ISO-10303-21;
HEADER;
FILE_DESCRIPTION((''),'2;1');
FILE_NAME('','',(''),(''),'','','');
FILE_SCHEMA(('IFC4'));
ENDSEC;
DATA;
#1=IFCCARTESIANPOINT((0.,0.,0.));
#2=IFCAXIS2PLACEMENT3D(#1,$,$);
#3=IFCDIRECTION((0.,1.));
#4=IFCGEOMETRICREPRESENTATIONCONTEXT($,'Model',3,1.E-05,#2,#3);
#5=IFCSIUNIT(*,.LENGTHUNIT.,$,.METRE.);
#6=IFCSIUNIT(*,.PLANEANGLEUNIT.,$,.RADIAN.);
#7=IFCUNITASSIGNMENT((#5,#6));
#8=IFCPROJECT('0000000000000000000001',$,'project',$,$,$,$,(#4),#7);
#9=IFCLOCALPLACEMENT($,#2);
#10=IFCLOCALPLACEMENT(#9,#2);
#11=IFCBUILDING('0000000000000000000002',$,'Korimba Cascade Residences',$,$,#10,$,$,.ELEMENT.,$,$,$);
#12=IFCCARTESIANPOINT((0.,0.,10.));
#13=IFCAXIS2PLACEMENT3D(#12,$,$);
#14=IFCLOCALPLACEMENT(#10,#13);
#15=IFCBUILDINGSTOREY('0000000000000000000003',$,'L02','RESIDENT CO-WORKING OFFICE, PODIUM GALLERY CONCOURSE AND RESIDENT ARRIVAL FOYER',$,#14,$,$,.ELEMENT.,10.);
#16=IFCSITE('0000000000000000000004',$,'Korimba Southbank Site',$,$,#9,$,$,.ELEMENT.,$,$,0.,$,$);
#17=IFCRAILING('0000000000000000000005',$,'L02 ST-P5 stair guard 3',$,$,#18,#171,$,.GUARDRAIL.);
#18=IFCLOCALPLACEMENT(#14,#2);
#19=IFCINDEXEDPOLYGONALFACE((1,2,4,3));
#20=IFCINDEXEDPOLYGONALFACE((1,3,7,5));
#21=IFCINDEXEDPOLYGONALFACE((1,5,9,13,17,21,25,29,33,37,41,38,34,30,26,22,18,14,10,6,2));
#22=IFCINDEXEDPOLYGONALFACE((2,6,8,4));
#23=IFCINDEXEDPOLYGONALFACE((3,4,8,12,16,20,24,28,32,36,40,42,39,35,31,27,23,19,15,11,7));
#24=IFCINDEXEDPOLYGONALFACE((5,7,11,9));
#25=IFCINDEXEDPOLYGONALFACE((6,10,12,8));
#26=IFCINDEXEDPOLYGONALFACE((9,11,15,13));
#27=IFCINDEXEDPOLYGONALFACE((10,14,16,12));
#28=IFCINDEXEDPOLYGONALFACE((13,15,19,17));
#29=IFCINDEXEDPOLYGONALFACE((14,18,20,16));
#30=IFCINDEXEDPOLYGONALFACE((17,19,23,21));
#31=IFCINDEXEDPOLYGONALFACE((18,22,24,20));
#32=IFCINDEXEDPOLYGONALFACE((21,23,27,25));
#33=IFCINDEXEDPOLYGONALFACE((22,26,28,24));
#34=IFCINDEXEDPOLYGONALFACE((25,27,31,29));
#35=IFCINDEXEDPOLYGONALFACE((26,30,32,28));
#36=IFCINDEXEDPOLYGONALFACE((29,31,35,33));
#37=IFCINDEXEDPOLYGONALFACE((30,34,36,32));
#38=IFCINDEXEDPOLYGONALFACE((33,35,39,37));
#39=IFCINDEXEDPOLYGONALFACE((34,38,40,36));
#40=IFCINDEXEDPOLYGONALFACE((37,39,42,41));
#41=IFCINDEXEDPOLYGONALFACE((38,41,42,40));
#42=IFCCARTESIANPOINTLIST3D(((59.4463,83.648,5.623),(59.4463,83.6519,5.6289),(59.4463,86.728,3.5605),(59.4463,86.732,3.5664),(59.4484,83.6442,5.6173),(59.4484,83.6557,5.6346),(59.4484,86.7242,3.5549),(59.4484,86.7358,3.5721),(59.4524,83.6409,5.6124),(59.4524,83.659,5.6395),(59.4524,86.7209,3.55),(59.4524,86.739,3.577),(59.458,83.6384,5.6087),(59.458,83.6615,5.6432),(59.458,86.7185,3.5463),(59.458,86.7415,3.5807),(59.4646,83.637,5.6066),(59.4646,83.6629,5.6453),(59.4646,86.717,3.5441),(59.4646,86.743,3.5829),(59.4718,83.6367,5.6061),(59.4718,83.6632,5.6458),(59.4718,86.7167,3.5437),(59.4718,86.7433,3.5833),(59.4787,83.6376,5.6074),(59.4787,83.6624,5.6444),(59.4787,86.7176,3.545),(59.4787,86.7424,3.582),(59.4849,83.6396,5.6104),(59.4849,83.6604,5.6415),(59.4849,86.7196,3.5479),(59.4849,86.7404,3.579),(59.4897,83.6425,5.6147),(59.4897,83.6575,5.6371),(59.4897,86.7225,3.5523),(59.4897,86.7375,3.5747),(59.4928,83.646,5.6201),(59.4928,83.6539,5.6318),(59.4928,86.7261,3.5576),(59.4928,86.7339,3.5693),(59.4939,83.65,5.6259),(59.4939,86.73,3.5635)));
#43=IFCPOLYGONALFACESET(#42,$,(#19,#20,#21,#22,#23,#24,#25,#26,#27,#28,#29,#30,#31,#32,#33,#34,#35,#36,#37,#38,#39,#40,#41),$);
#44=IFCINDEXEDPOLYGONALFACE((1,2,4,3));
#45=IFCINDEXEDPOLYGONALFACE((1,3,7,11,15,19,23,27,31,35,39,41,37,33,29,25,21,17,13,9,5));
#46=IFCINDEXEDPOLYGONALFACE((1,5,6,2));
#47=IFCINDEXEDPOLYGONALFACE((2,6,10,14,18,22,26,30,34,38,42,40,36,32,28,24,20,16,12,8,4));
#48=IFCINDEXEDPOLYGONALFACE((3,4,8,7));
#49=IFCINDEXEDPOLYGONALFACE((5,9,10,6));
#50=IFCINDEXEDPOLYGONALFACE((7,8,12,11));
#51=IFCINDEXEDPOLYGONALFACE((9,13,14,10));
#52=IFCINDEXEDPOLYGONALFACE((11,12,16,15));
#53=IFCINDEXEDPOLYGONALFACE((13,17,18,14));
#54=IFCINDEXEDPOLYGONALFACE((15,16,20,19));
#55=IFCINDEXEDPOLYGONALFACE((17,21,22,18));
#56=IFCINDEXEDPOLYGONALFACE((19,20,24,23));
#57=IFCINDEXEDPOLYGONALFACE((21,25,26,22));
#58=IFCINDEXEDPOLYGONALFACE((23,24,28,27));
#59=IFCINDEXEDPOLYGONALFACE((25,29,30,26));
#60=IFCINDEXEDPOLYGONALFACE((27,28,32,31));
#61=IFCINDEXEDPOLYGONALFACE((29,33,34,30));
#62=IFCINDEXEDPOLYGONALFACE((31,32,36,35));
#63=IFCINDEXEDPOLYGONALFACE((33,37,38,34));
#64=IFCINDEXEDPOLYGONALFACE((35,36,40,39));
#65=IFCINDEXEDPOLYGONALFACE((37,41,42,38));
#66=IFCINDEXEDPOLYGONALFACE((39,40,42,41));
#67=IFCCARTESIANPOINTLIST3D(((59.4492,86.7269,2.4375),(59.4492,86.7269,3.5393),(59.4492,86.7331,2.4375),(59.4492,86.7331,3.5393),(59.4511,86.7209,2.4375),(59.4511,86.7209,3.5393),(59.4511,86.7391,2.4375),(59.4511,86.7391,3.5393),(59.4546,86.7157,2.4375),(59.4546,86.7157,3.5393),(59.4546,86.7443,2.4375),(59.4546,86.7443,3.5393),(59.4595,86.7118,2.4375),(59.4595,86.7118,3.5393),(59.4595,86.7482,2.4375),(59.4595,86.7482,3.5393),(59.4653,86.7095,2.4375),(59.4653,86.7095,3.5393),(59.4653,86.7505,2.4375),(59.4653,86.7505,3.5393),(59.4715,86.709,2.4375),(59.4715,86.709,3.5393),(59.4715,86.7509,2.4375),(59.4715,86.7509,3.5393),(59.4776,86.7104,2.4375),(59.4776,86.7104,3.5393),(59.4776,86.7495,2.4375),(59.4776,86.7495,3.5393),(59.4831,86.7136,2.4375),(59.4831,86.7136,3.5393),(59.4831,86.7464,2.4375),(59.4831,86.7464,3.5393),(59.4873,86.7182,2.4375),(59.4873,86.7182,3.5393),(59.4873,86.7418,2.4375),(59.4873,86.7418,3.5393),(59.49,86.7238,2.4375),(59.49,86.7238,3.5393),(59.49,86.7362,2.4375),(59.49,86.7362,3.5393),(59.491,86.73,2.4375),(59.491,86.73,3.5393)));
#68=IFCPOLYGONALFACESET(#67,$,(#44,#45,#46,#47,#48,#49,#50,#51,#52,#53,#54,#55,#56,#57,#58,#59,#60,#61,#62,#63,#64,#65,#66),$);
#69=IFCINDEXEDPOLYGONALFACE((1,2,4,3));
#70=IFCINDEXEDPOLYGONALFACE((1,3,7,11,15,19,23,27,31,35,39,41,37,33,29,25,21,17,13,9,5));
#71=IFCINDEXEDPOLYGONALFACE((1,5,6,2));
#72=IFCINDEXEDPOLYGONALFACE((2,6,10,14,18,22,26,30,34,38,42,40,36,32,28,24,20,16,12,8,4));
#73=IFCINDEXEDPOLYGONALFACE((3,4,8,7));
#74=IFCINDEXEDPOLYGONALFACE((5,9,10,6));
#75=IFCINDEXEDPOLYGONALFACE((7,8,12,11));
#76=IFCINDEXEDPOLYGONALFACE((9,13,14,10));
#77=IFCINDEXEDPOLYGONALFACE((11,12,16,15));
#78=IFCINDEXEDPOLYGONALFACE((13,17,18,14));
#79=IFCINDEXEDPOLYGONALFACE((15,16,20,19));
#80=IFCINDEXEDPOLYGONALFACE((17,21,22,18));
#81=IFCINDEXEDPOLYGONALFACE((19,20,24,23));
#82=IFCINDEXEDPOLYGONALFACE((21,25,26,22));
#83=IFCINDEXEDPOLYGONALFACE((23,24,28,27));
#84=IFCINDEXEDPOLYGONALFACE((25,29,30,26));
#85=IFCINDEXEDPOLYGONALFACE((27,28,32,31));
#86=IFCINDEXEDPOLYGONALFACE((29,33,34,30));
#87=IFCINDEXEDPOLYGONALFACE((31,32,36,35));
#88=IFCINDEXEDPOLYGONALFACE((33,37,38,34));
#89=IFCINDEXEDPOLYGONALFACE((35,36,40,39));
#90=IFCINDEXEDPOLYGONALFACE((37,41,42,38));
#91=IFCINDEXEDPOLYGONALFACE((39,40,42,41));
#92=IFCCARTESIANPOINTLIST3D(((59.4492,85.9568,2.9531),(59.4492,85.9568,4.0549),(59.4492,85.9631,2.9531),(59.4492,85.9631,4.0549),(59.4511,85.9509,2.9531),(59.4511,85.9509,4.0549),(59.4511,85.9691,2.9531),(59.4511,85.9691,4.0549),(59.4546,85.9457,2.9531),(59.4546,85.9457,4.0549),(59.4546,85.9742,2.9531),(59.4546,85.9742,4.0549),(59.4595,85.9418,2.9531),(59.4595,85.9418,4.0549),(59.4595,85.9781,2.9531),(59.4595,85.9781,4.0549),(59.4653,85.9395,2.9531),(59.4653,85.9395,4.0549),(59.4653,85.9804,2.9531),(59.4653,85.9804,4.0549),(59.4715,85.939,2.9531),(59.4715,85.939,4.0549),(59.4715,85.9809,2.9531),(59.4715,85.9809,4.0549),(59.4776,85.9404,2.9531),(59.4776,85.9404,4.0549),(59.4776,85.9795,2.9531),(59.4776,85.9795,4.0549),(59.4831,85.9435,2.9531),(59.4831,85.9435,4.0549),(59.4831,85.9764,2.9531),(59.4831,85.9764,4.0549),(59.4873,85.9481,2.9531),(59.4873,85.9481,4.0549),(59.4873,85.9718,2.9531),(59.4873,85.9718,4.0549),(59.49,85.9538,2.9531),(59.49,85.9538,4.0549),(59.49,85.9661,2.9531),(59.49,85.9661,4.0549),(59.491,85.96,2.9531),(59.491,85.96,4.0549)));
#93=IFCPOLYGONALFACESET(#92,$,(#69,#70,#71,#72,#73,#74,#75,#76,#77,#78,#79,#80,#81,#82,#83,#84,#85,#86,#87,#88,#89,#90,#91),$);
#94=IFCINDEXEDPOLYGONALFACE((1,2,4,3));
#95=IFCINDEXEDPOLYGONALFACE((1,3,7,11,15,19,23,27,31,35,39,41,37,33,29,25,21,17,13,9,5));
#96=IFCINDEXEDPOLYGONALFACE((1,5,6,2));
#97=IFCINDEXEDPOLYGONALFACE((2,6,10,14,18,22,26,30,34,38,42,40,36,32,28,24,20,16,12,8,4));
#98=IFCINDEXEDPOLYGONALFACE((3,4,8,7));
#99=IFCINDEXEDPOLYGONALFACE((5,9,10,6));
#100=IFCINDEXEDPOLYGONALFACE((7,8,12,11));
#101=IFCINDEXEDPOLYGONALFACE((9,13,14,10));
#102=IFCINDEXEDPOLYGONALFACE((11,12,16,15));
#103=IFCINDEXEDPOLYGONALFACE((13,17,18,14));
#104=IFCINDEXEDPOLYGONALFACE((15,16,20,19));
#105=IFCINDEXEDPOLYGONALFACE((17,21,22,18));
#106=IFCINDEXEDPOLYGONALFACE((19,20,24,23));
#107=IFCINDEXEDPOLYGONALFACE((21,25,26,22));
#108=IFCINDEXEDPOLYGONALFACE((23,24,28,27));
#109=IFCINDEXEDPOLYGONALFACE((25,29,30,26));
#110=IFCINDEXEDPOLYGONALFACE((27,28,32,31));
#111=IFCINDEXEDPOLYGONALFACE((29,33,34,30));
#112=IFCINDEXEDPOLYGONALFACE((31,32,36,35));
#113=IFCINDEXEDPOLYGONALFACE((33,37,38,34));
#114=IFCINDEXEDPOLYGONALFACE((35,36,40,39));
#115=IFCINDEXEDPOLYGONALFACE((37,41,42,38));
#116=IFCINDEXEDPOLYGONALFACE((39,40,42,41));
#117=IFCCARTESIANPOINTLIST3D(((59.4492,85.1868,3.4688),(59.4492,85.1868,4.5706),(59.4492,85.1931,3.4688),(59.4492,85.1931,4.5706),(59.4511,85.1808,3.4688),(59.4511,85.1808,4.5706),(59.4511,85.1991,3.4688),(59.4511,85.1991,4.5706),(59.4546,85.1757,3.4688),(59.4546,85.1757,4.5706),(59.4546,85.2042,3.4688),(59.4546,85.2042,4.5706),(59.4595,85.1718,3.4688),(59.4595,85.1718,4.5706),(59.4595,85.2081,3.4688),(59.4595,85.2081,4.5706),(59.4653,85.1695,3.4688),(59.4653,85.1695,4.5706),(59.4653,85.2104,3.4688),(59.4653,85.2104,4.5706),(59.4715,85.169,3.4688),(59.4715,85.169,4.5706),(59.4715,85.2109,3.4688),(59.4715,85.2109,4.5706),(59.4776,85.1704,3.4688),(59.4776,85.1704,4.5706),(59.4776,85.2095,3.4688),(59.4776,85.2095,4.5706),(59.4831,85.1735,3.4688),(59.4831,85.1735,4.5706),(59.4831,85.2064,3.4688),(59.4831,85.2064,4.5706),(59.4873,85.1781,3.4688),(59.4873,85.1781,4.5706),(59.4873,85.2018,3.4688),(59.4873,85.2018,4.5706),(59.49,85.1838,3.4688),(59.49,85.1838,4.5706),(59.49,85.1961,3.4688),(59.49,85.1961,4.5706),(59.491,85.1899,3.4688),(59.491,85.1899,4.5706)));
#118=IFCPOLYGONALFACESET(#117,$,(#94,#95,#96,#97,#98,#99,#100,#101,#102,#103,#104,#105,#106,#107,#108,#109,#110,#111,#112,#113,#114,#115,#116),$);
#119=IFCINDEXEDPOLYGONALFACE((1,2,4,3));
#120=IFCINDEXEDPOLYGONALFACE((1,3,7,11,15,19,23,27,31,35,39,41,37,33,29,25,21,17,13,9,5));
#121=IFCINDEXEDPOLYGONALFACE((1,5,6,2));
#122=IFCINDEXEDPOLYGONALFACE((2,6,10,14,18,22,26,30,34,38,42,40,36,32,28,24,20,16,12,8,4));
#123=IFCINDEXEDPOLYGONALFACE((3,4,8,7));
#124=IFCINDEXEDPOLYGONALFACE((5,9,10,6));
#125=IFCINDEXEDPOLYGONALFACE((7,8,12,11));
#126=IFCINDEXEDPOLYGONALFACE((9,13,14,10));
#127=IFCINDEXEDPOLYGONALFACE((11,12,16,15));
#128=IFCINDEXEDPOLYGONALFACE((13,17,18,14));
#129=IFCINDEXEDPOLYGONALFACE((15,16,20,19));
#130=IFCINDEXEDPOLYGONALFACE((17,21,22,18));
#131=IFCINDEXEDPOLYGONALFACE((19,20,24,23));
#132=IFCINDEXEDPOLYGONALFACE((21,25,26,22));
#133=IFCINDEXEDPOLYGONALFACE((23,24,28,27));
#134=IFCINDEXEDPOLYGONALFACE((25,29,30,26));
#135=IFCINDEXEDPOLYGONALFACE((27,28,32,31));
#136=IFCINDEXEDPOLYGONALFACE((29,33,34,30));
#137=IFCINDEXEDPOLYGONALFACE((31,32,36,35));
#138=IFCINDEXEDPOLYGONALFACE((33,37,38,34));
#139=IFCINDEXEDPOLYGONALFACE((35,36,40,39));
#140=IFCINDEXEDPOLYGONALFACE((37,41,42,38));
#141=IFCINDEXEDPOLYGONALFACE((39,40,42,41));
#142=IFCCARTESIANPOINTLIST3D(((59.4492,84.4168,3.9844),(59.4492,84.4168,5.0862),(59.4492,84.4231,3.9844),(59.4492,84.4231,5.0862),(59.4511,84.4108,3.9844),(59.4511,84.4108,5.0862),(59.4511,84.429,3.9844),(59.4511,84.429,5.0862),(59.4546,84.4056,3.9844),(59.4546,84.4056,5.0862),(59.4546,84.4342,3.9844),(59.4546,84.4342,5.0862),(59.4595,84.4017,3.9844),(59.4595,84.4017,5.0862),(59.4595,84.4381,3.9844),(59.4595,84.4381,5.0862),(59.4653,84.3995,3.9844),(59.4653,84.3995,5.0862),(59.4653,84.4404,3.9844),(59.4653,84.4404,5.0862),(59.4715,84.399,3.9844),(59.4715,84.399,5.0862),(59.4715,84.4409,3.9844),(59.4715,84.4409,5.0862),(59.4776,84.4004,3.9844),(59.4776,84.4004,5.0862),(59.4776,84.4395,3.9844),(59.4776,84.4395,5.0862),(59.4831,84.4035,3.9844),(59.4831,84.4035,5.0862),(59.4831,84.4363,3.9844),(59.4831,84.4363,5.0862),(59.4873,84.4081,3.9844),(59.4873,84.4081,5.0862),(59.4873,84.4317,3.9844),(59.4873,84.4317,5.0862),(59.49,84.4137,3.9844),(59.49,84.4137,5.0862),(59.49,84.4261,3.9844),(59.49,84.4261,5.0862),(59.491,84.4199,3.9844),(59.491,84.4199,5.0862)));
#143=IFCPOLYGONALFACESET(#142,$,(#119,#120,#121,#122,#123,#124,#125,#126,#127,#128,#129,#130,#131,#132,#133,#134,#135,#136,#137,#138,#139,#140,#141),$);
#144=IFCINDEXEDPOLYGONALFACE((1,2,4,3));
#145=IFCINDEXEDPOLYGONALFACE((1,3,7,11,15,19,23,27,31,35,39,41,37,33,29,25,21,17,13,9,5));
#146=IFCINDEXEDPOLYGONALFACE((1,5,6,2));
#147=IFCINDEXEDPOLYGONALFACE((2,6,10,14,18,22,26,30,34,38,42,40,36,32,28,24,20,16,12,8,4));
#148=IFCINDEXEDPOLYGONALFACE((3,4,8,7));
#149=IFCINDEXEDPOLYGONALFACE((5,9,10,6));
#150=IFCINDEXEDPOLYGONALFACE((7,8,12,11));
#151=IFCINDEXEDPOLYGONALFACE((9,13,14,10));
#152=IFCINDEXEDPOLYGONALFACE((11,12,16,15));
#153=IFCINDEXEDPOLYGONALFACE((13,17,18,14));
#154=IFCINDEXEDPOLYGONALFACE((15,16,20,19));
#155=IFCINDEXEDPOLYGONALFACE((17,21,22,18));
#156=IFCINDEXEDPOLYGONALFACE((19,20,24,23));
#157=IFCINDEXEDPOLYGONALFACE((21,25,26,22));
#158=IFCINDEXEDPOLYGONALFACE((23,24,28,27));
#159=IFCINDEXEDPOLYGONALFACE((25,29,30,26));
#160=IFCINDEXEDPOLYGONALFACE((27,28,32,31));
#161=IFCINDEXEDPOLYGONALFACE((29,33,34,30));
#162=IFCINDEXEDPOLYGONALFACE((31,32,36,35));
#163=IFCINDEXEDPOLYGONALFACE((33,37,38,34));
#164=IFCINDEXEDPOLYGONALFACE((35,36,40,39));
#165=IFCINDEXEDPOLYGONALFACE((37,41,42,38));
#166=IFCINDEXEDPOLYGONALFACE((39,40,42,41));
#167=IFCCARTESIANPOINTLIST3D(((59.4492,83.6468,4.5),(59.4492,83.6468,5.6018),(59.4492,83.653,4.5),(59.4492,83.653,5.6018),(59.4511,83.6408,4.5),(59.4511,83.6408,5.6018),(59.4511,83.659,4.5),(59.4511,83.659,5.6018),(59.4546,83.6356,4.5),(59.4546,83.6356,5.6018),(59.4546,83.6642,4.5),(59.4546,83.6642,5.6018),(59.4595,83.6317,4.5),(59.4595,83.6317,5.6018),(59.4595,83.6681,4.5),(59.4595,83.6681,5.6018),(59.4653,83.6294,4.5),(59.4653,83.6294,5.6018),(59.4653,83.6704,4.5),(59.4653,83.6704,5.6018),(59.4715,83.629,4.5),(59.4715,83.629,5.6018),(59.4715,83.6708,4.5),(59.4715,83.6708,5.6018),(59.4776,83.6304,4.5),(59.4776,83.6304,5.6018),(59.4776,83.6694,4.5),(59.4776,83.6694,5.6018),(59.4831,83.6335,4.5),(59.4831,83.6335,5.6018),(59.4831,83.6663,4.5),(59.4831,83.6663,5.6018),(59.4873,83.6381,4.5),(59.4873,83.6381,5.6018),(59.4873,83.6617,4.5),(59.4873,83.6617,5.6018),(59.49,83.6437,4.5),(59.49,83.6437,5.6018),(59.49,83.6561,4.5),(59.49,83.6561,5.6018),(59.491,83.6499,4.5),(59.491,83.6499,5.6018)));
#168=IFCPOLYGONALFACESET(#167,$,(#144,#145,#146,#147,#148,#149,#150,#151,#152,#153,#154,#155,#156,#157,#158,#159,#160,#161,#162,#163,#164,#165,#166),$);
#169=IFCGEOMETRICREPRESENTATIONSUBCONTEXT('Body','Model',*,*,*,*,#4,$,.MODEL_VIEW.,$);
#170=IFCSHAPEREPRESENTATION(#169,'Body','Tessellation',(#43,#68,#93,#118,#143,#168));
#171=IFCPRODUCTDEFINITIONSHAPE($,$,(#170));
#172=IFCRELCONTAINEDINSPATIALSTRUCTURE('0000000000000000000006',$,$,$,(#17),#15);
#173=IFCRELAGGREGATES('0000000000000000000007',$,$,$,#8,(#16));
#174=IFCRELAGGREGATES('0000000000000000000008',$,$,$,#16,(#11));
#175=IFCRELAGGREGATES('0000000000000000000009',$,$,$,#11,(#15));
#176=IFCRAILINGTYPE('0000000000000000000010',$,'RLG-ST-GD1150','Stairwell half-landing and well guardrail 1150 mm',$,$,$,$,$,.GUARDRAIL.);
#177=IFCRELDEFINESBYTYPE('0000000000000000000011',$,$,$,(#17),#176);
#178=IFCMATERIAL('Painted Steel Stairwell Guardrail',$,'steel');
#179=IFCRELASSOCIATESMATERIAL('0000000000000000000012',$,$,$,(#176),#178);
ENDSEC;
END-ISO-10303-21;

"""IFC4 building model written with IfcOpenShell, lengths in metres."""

from ifc_helpers import new_model, si_unit, direction, frame, origin, origin_2d, place, context, subcontext, project, spatial, circle, extrude, material, type_object, element, save


model = new_model("IFC4")

# Units and contexts
model_context = context("Model", 3, precision=1e-05, world=origin(), true_north=direction((0.0, 1.0)))
body_context = subcontext(model_context, "Body", "Model", "MODEL_VIEW")
ifc_project = project(units=[si_unit("LENGTHUNIT", "METRE"), si_unit("PLANEANGLEUNIT", "RADIAN")], contexts=[model_context])

# Site, building, storey
site_placement = place(None, origin())
site = spatial("IfcSite", under=ifc_project, at=site_placement, Name="Korimba Southbank Site", CompositionType="ELEMENT", RefElevation=0.0)
building_placement = place(site_placement, origin())
building = spatial("IfcBuilding", under=site, at=building_placement, Name="Korimba Cascade Residences", CompositionType="ELEMENT")
storey_placement = place(building_placement, frame((0.0, 0.0, 10.0)))
storey = spatial("IfcBuildingStorey", under=building, at=storey_placement, Name="L02", Description="RESIDENT CO-WORKING OFFICE, PODIUM GALLERY CONCOURSE AND RESIDENT ARRIVAL FOYER", CompositionType="ELEMENT", Elevation=10.0)

# Railing
ifc_material_1 = material(Name="Painted Steel Stairwell Guardrail", Category="steel")
railing_type_1 = type_object("IfcRailingType", Name="RLG-ST-GD1150", Description="Stairwell half-landing and well guardrail 1150 mm", PredefinedType="GUARDRAIL", material=ifc_material_1)
railing_1_placement = place(storey_placement, frame((59.47, 86.73, 2.4375)))
element("IfcRailing", 1, at=railing_1_placement, inside=storey, type_object=railing_type_1, Name="L02 ST-P5 stair guard 3", PredefinedType="GUARDRAIL", context=body_context, shape_type="SweptSolid", body=[
    extrude(circle(Radius=0.0239, at=origin_2d()), frame((0.0, 0.0, 1.126), z_axis=(0.0, -0.830914, 0.556401), x_axis=(1.0, 0.0, 0.0)), (0.0, 0.0, 1.0), 3.7068),
    extrude(circle(Radius=0.021, at=origin_2d()), origin(), (0.0, 0.0, 1.0), 1.1018),
    extrude(circle(Radius=0.021, at=origin_2d()), frame((0.0, -0.77, 0.5156)), (0.0, 0.0, 1.0), 1.1018),
    extrude(circle(Radius=0.021, at=origin_2d()), frame((0.0, -1.54, 1.0312)), (0.0, 0.0, 1.0), 1.1018),
    extrude(circle(Radius=0.021, at=origin_2d()), frame((0.0, -2.3101, 1.5469)), (0.0, 0.0, 1.0), 1.1018),
    extrude(circle(Radius=0.021, at=origin_2d()), frame((0.0, -3.0801, 2.0625)), (0.0, 0.0, 1.0), 1.1018),
])

save(model, "model.ifc")
